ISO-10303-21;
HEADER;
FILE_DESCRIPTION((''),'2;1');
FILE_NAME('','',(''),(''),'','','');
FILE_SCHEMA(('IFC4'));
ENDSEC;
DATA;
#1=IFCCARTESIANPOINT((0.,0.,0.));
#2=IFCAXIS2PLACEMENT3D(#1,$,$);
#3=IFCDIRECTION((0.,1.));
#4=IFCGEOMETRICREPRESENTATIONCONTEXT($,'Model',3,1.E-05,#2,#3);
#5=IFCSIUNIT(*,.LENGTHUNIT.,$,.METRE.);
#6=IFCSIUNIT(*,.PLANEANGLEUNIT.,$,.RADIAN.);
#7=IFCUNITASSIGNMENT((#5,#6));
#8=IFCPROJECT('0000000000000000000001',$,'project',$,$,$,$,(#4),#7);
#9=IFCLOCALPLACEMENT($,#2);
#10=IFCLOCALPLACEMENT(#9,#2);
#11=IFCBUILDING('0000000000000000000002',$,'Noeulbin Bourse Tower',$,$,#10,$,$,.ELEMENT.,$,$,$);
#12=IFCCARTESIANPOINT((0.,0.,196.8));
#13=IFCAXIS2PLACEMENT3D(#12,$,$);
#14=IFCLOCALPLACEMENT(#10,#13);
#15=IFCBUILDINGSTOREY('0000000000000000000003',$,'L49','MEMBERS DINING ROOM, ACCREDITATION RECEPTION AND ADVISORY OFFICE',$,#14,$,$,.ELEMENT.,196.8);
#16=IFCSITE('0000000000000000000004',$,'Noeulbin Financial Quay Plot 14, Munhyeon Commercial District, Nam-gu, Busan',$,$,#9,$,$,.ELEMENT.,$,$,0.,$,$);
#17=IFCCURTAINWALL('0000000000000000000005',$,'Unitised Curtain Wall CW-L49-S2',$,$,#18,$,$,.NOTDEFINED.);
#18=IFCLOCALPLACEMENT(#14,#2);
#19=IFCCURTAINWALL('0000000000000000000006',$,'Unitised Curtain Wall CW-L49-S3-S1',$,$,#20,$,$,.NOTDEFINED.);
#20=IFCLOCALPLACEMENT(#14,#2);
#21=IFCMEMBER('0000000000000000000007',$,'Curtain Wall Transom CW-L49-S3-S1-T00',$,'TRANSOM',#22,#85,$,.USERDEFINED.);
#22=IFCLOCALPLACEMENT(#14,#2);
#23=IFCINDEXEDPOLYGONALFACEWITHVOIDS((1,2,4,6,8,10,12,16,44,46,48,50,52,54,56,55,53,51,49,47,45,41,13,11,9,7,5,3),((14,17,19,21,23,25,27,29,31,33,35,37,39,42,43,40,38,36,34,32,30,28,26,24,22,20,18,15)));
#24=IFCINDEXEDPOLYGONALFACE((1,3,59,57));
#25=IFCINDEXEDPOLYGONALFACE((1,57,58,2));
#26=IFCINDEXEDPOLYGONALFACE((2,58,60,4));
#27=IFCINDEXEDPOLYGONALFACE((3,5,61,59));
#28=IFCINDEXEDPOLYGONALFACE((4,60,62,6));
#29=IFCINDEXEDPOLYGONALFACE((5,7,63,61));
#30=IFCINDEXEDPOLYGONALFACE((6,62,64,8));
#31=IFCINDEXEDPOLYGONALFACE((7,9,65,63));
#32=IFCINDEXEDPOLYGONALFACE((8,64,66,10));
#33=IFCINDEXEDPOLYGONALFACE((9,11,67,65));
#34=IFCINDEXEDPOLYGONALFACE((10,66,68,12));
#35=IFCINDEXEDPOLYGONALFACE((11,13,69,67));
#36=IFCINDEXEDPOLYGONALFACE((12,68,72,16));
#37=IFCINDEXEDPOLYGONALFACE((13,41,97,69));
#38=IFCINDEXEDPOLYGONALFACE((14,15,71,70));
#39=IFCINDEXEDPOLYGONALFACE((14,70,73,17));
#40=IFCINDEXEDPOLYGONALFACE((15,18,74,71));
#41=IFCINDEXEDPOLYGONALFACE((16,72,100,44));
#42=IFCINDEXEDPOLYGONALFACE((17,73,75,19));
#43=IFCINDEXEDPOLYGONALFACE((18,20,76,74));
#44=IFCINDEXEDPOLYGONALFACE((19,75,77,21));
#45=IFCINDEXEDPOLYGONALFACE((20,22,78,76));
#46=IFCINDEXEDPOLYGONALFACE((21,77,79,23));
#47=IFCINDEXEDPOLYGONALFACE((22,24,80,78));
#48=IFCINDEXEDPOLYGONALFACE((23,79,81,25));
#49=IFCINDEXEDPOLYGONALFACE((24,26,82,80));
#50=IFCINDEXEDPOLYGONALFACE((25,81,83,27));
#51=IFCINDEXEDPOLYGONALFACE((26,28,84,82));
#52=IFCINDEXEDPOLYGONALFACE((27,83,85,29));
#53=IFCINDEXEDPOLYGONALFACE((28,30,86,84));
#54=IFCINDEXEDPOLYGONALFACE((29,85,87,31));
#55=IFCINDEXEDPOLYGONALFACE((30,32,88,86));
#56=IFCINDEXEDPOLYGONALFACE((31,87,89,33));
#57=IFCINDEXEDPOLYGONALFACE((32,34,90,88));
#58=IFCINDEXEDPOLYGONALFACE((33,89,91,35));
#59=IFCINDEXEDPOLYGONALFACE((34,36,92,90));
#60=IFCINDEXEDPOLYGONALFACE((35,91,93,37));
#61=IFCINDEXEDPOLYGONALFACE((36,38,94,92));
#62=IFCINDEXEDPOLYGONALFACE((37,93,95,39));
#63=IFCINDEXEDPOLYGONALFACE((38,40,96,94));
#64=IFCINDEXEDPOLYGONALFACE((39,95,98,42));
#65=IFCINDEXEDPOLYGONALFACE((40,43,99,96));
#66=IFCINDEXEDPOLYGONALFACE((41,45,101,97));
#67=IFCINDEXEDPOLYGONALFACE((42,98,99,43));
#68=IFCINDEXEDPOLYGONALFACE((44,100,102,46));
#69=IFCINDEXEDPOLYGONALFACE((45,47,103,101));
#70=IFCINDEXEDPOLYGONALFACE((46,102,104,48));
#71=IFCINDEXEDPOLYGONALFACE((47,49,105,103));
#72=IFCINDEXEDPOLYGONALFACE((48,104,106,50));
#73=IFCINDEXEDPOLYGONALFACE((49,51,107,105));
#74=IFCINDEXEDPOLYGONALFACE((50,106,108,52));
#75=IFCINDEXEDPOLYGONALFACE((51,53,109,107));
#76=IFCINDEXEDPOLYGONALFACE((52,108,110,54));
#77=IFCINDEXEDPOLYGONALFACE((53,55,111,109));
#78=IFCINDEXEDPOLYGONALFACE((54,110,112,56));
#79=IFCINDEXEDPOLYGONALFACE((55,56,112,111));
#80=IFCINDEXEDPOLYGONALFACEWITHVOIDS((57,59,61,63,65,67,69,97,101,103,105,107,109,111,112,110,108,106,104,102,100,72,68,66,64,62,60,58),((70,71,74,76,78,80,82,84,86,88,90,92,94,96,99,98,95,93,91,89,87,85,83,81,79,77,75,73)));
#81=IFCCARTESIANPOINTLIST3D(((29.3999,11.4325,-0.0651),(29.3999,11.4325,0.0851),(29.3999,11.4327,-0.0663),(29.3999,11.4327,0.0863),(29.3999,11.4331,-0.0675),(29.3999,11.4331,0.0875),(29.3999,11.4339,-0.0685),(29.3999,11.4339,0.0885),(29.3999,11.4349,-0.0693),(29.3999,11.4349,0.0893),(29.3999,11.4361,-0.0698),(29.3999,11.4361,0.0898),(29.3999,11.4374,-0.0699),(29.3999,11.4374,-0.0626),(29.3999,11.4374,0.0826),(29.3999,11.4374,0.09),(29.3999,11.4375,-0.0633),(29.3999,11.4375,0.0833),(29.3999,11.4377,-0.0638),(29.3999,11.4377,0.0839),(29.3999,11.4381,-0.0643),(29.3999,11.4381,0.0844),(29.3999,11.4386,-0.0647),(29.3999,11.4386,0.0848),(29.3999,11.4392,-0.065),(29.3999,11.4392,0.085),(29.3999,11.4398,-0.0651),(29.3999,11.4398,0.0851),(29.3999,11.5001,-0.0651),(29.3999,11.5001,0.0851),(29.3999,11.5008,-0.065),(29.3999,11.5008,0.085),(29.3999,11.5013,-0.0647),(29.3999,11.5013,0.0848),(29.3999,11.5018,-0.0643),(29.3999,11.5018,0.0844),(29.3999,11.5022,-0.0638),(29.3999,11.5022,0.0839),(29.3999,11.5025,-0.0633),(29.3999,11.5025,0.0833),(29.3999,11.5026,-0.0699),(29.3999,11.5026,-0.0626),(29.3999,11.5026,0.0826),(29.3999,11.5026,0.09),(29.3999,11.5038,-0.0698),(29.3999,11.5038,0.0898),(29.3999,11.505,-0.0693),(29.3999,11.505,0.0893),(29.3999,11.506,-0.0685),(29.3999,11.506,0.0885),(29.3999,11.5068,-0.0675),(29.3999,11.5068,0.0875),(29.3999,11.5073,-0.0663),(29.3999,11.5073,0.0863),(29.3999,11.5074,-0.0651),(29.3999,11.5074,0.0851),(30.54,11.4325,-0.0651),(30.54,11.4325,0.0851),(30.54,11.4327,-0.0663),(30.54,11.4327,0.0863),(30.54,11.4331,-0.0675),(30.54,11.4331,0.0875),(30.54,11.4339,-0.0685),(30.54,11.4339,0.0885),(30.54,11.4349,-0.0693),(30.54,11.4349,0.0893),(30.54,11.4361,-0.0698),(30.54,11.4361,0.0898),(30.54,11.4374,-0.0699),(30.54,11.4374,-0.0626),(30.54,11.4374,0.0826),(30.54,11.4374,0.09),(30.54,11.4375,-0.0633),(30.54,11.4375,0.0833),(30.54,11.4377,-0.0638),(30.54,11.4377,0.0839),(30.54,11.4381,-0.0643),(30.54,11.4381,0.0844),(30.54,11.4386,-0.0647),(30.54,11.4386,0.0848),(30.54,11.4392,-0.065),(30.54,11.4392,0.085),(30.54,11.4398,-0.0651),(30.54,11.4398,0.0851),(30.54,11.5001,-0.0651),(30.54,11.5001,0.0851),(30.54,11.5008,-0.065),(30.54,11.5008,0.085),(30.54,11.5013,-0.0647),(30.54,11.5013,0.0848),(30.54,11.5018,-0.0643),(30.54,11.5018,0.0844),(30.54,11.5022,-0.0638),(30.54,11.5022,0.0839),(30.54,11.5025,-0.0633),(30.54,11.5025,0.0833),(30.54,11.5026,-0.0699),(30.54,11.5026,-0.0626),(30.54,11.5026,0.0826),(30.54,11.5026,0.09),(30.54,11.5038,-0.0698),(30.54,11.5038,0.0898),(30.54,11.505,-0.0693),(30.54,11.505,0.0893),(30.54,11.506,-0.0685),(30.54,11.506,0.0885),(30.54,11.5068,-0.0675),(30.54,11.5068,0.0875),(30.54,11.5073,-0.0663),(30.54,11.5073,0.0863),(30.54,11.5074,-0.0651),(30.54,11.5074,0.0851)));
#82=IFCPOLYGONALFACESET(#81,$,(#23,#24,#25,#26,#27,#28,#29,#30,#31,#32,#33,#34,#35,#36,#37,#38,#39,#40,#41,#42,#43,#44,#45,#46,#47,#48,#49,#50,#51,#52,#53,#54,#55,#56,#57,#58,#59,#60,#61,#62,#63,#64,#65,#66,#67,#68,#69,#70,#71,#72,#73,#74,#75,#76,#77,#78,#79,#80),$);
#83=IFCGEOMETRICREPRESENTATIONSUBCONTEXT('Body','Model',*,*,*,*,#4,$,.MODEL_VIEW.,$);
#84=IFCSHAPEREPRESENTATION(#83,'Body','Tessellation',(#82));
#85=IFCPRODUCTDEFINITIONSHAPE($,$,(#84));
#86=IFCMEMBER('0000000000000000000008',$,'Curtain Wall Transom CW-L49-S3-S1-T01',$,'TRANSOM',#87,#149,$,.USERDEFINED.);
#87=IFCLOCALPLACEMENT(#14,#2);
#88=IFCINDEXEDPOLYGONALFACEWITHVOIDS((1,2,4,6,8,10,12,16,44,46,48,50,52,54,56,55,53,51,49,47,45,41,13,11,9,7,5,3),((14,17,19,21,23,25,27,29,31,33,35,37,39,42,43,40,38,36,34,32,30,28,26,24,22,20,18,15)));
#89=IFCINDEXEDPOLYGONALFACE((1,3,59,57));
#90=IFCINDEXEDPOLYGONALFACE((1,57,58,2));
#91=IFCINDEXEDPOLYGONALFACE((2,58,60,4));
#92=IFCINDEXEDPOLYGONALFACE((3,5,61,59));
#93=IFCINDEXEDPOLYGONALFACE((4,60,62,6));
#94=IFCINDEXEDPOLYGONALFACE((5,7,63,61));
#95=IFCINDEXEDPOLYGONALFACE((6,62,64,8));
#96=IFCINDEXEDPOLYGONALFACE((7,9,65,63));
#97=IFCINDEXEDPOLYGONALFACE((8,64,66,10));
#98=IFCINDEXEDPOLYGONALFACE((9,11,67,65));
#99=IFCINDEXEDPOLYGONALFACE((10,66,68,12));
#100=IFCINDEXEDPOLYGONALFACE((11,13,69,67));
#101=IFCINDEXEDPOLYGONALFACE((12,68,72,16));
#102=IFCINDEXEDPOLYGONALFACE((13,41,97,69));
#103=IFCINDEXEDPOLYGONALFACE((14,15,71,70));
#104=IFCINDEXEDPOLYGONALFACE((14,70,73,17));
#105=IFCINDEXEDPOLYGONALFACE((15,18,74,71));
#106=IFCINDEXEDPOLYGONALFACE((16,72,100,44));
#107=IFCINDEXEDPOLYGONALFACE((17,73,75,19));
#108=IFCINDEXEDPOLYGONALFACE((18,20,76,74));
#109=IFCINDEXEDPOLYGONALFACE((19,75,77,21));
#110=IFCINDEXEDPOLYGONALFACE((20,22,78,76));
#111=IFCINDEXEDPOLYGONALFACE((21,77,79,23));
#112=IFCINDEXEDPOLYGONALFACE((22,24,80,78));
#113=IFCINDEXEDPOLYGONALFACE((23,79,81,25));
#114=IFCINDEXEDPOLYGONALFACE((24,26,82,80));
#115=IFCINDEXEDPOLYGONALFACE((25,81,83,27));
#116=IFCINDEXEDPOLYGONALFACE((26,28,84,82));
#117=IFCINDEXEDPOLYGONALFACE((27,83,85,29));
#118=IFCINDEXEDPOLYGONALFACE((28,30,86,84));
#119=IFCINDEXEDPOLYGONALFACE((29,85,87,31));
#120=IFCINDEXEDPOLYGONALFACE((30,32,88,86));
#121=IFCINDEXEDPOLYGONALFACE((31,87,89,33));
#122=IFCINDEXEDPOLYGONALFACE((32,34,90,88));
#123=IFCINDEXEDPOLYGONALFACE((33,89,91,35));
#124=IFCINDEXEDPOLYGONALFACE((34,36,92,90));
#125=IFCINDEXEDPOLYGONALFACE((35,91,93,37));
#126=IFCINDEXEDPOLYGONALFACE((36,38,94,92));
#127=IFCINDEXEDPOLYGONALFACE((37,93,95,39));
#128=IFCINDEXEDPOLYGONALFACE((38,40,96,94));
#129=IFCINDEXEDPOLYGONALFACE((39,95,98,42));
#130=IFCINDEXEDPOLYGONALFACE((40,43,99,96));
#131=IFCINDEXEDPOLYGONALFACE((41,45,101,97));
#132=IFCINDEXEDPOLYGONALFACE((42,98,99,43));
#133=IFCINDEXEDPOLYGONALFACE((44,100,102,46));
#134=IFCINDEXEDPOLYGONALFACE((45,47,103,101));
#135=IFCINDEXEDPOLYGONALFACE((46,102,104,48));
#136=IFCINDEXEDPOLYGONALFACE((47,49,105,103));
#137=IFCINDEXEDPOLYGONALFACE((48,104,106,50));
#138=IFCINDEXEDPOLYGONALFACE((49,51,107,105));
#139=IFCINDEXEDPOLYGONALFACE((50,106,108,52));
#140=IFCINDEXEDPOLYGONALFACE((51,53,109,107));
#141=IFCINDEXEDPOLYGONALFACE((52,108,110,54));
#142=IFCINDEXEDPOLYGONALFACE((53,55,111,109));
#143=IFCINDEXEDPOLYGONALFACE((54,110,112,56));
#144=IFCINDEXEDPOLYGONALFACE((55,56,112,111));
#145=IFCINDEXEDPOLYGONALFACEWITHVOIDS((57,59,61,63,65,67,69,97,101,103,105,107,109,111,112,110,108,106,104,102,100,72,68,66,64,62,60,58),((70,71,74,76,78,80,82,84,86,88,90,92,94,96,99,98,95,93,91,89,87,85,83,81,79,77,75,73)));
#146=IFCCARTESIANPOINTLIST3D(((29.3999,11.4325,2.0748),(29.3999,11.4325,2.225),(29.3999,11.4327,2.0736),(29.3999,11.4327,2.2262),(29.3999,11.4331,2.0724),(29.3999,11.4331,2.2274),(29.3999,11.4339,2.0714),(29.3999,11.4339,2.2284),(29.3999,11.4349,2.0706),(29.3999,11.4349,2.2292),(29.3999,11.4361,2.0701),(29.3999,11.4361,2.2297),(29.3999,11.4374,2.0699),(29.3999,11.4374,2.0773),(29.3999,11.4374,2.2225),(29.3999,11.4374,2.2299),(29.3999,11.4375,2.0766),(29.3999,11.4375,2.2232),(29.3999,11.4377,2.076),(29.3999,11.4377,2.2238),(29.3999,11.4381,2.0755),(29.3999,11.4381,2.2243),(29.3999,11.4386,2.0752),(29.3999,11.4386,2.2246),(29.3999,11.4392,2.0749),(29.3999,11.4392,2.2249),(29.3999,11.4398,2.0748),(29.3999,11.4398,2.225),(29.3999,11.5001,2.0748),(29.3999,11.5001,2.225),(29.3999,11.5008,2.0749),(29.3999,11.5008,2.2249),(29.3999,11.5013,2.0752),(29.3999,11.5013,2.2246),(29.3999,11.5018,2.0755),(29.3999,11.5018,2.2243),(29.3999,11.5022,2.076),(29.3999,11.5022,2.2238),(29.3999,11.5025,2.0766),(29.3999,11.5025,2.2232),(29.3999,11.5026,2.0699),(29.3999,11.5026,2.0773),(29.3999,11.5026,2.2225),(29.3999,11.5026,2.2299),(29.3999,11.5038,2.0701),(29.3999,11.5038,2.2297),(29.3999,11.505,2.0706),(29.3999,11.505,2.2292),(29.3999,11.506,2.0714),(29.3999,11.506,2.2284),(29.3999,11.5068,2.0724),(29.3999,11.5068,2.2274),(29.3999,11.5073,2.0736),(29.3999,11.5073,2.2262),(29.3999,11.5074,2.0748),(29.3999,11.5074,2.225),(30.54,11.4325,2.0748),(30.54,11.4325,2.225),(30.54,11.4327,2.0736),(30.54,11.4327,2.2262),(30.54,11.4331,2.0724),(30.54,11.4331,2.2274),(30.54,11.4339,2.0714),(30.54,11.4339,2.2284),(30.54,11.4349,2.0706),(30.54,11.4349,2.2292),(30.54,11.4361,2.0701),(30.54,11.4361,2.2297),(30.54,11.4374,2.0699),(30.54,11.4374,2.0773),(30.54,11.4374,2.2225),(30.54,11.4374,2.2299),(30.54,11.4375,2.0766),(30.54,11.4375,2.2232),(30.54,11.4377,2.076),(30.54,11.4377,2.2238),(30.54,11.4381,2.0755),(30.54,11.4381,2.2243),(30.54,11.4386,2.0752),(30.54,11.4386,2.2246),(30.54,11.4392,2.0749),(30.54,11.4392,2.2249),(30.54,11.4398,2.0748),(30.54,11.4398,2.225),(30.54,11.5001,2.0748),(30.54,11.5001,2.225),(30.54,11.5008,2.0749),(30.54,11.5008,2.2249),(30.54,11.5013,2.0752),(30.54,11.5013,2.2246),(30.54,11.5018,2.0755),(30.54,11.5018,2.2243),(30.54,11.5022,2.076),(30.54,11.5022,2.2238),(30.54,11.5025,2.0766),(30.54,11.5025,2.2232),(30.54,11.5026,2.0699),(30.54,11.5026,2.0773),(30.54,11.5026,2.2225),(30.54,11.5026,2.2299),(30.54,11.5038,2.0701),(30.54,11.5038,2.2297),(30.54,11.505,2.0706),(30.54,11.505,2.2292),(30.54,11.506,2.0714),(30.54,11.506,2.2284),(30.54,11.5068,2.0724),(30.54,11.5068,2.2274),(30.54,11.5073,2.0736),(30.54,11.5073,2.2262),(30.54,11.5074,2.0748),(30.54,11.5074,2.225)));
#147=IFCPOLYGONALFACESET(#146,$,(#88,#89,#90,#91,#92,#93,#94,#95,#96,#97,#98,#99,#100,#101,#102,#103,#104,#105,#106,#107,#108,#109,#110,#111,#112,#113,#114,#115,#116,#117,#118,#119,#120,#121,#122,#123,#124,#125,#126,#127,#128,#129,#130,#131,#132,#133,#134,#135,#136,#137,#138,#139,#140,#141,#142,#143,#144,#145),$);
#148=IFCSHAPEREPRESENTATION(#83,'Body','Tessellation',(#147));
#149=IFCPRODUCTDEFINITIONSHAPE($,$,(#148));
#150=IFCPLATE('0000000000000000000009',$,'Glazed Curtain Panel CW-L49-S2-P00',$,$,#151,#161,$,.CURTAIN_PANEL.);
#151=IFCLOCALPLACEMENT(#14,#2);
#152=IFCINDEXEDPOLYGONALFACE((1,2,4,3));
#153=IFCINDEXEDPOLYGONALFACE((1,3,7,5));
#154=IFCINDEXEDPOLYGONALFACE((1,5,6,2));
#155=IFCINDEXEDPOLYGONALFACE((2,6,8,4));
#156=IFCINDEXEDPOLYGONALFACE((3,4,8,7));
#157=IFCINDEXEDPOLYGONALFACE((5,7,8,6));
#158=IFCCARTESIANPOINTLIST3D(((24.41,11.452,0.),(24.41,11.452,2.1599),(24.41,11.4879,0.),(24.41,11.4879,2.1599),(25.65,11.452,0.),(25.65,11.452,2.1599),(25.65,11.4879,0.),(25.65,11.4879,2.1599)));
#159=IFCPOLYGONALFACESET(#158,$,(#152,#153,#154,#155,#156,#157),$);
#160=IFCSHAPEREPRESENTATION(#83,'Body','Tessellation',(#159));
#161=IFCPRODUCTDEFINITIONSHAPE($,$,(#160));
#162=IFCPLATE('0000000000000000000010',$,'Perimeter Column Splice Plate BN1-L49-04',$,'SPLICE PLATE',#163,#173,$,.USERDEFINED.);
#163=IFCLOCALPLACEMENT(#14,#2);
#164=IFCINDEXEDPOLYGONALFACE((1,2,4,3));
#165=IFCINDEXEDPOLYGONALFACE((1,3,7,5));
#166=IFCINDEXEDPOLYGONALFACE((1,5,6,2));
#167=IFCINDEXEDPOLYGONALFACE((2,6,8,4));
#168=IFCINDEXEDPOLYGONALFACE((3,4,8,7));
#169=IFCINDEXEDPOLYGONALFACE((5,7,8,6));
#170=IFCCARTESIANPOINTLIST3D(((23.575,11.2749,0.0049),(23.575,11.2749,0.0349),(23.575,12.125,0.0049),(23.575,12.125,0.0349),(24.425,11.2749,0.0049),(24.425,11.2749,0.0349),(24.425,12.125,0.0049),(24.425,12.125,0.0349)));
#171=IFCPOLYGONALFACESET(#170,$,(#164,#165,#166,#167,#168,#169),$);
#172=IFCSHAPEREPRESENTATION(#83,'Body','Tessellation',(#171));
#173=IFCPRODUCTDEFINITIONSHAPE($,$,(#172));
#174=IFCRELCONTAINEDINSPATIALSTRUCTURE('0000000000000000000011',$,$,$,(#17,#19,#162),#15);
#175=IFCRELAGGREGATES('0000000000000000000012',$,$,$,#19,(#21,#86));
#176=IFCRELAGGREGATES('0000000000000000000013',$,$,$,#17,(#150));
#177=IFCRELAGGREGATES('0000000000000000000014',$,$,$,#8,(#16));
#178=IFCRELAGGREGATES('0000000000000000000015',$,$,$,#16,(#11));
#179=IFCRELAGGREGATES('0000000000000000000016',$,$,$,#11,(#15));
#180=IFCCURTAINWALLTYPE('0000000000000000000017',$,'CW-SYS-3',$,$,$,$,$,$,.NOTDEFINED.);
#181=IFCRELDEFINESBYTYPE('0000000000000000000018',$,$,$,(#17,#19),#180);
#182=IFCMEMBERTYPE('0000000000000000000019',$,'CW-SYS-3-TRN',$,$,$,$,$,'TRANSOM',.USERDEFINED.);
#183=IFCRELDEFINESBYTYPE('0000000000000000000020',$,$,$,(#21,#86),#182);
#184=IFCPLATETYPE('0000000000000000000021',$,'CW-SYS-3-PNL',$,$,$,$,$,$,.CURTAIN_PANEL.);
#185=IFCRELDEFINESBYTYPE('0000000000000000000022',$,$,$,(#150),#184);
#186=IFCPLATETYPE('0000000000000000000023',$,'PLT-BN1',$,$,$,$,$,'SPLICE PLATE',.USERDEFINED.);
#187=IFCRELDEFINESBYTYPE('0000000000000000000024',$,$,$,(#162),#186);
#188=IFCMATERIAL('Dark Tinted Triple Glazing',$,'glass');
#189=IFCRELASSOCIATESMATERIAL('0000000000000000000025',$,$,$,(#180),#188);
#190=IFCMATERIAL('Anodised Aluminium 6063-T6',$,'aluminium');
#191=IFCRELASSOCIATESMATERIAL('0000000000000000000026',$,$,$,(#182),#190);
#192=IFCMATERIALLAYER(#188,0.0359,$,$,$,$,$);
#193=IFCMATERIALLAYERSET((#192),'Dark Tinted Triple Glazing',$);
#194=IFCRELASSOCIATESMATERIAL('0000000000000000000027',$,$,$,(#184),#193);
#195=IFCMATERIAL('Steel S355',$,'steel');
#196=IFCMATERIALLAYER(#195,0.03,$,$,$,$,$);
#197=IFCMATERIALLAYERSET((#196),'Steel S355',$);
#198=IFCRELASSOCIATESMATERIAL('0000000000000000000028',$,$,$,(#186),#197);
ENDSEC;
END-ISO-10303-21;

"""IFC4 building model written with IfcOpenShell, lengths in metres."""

from ifc_helpers import new_model, si_unit, direction, frame, origin, origin_2d, place, context, subcontext, project, spatial, rectangle, hollow_rectangle, extrude, material, layer, layer_set, material_profile, profile_set, type_object, element, aggregate, save


model = new_model("IFC4")

# Units and contexts
model_context = context("Model", 3, precision=1e-05, world=origin(), true_north=direction((0.0, 1.0)))
body_context = subcontext(model_context, "Body", "Model", "MODEL_VIEW")
ifc_project = project(units=[si_unit("LENGTHUNIT", "METRE"), si_unit("PLANEANGLEUNIT", "RADIAN")], contexts=[model_context])

# Site, building, storey
site_placement = place(None, origin())
site = spatial("IfcSite", under=ifc_project, at=site_placement, Name="Noeulbin Financial Quay Plot 14, Munhyeon Commercial District, Nam-gu, Busan", CompositionType="ELEMENT", RefElevation=0.0)
building_placement = place(site_placement, origin())
building = spatial("IfcBuilding", under=site, at=building_placement, Name="Noeulbin Bourse Tower", CompositionType="ELEMENT")
storey_placement = place(building_placement, frame((0.0, 0.0, 196.8)))
storey = spatial("IfcBuildingStorey", under=building, at=storey_placement, Name="L49", Description="MEMBERS DINING ROOM, ACCREDITATION RECEPTION AND ADVISORY OFFICE", CompositionType="ELEMENT", Elevation=196.8)

# Shared definitions
ifc_material_1 = material(Name="Steel S355", Category="steel")

# Shared definitions
ifc_material_2 = material(Name="Dark Tinted Triple Glazing", Category="glass")
curtain_wall_type = type_object("IfcCurtainWallType", Name="CW-SYS-3", PredefinedType="NOTDEFINED", material=ifc_material_2)
ifc_material_3 = material(Name="Anodised Aluminium 6063-T6", Category="aluminium")

# Curtain wall
curtain_wall_1_placement = place(storey_placement, origin())
curtain_wall_1 = element("IfcCurtainWall", 1, at=curtain_wall_1_placement, inside=storey, type_object=curtain_wall_type, Name="Unitised Curtain Wall CW-L49-S2", PredefinedType="NOTDEFINED")

# Curtain wall
curtain_wall_2_placement = place(storey_placement, origin())
curtain_wall_2 = element("IfcCurtainWall", 2, at=curtain_wall_2_placement, inside=storey, type_object=curtain_wall_type, Name="Unitised Curtain Wall CW-L49-S3-S1", PredefinedType="NOTDEFINED")

# Members
ifc_material_profile_1 = material_profile(ifc_material_3, hollow_rectangle(XDim=0.075, YDim=0.1599, WallThickness=0.0049, InnerFilletRadius=0.0024, OuterFilletRadius=0.0049, at=origin_2d()), Name="ALU-TRAN-75x160x5", Category="LoadBearing")
ifc_profile_set_1 = profile_set([ifc_material_profile_1], Name="Anodised Aluminium 6063-T6")
member_type_1 = type_object("IfcMemberType", Name="CW-SYS-3-TRN", ElementType="TRANSOM", PredefinedType="USERDEFINED", material=ifc_profile_set_1)
member_1_placement = place(storey_placement, frame((29.3999, 11.47, 0.01), z_axis=(1.0, 0.0, 0.0), x_axis=(0.0, 1.0, 0.0)))
member_1 = element("IfcMember", 3, at=member_1_placement, type_object=member_type_1, Name="Curtain Wall Transom CW-L49-S3-S1-T00", ObjectType="TRANSOM", PredefinedType="USERDEFINED", context=body_context, shape_type="SweptSolid", body=[
    extrude(hollow_rectangle(XDim=0.075, YDim=0.1599, WallThickness=0.0049, InnerFilletRadius=0.0024, OuterFilletRadius=0.0049, at=origin_2d()), origin(), (0.0, 0.0, 1.0), 1.1401),
])
member_2_placement = place(storey_placement, frame((29.3999, 11.47, 2.1499), z_axis=(1.0, 0.0, 0.0), x_axis=(0.0, 1.0, 0.0)))
member_2 = element("IfcMember", 4, at=member_2_placement, type_object=member_type_1, Name="Curtain Wall Transom CW-L49-S3-S1-T01", ObjectType="TRANSOM", PredefinedType="USERDEFINED", context=body_context, shape_type="SweptSolid", body=[
    extrude(hollow_rectangle(XDim=0.075, YDim=0.1599, WallThickness=0.0049, InnerFilletRadius=0.0024, OuterFilletRadius=0.0049, at=origin_2d()), origin(), (0.0, 0.0, 1.0), 1.1401),
])
aggregate(curtain_wall_2, [member_1, member_2])

# Plates
ifc_layer_1 = layer(ifc_material_2, 0.0359)
ifc_layer_set_1 = layer_set([ifc_layer_1], Name="Dark Tinted Triple Glazing")
plate_type_1 = type_object("IfcPlateType", Name="CW-SYS-3-PNL", PredefinedType="CURTAIN_PANEL", material=ifc_layer_set_1)
plate_1_placement = place(storey_placement, frame((25.03, 11.47, 0.0), z_axis=(0.0, 0.0, 1.0), x_axis=(1.0, 0.0, 0.0)))
plate_1 = element("IfcPlate", 5, at=plate_1_placement, type_object=plate_type_1, Name="Glazed Curtain Panel CW-L49-S2-P00", PredefinedType="CURTAIN_PANEL", context=body_context, shape_type="SweptSolid", body=[
    extrude(rectangle(XDim=1.24, YDim=0.0359, at=origin_2d()), origin(), (0.0, 0.0, 1.0), 2.1599),
])
aggregate(curtain_wall_1, [plate_1])
ifc_layer_2 = layer(ifc_material_1, 0.03)
ifc_layer_set_2 = layer_set([ifc_layer_2], Name="Steel S355")
plate_type_2 = type_object("IfcPlateType", Name="PLT-BN1", ElementType="SPLICE PLATE", PredefinedType="USERDEFINED", material=ifc_layer_set_2)
plate_2_placement = place(storey_placement, frame((24.0, 11.7, 0.0049), z_axis=(0.0, 0.0, 1.0), x_axis=(1.0, 0.0, 0.0)))
element("IfcPlate", 6, at=plate_2_placement, inside=storey, type_object=plate_type_2, Name="Perimeter Column Splice Plate BN1-L49-04", ObjectType="SPLICE PLATE", PredefinedType="USERDEFINED", context=body_context, shape_type="SweptSolid", body=[
    extrude(rectangle(XDim=0.8501, YDim=0.8501, at=origin_2d()), origin(), (0.0, 0.0, 1.0), 0.03),
])

save(model, "model.ifc")
